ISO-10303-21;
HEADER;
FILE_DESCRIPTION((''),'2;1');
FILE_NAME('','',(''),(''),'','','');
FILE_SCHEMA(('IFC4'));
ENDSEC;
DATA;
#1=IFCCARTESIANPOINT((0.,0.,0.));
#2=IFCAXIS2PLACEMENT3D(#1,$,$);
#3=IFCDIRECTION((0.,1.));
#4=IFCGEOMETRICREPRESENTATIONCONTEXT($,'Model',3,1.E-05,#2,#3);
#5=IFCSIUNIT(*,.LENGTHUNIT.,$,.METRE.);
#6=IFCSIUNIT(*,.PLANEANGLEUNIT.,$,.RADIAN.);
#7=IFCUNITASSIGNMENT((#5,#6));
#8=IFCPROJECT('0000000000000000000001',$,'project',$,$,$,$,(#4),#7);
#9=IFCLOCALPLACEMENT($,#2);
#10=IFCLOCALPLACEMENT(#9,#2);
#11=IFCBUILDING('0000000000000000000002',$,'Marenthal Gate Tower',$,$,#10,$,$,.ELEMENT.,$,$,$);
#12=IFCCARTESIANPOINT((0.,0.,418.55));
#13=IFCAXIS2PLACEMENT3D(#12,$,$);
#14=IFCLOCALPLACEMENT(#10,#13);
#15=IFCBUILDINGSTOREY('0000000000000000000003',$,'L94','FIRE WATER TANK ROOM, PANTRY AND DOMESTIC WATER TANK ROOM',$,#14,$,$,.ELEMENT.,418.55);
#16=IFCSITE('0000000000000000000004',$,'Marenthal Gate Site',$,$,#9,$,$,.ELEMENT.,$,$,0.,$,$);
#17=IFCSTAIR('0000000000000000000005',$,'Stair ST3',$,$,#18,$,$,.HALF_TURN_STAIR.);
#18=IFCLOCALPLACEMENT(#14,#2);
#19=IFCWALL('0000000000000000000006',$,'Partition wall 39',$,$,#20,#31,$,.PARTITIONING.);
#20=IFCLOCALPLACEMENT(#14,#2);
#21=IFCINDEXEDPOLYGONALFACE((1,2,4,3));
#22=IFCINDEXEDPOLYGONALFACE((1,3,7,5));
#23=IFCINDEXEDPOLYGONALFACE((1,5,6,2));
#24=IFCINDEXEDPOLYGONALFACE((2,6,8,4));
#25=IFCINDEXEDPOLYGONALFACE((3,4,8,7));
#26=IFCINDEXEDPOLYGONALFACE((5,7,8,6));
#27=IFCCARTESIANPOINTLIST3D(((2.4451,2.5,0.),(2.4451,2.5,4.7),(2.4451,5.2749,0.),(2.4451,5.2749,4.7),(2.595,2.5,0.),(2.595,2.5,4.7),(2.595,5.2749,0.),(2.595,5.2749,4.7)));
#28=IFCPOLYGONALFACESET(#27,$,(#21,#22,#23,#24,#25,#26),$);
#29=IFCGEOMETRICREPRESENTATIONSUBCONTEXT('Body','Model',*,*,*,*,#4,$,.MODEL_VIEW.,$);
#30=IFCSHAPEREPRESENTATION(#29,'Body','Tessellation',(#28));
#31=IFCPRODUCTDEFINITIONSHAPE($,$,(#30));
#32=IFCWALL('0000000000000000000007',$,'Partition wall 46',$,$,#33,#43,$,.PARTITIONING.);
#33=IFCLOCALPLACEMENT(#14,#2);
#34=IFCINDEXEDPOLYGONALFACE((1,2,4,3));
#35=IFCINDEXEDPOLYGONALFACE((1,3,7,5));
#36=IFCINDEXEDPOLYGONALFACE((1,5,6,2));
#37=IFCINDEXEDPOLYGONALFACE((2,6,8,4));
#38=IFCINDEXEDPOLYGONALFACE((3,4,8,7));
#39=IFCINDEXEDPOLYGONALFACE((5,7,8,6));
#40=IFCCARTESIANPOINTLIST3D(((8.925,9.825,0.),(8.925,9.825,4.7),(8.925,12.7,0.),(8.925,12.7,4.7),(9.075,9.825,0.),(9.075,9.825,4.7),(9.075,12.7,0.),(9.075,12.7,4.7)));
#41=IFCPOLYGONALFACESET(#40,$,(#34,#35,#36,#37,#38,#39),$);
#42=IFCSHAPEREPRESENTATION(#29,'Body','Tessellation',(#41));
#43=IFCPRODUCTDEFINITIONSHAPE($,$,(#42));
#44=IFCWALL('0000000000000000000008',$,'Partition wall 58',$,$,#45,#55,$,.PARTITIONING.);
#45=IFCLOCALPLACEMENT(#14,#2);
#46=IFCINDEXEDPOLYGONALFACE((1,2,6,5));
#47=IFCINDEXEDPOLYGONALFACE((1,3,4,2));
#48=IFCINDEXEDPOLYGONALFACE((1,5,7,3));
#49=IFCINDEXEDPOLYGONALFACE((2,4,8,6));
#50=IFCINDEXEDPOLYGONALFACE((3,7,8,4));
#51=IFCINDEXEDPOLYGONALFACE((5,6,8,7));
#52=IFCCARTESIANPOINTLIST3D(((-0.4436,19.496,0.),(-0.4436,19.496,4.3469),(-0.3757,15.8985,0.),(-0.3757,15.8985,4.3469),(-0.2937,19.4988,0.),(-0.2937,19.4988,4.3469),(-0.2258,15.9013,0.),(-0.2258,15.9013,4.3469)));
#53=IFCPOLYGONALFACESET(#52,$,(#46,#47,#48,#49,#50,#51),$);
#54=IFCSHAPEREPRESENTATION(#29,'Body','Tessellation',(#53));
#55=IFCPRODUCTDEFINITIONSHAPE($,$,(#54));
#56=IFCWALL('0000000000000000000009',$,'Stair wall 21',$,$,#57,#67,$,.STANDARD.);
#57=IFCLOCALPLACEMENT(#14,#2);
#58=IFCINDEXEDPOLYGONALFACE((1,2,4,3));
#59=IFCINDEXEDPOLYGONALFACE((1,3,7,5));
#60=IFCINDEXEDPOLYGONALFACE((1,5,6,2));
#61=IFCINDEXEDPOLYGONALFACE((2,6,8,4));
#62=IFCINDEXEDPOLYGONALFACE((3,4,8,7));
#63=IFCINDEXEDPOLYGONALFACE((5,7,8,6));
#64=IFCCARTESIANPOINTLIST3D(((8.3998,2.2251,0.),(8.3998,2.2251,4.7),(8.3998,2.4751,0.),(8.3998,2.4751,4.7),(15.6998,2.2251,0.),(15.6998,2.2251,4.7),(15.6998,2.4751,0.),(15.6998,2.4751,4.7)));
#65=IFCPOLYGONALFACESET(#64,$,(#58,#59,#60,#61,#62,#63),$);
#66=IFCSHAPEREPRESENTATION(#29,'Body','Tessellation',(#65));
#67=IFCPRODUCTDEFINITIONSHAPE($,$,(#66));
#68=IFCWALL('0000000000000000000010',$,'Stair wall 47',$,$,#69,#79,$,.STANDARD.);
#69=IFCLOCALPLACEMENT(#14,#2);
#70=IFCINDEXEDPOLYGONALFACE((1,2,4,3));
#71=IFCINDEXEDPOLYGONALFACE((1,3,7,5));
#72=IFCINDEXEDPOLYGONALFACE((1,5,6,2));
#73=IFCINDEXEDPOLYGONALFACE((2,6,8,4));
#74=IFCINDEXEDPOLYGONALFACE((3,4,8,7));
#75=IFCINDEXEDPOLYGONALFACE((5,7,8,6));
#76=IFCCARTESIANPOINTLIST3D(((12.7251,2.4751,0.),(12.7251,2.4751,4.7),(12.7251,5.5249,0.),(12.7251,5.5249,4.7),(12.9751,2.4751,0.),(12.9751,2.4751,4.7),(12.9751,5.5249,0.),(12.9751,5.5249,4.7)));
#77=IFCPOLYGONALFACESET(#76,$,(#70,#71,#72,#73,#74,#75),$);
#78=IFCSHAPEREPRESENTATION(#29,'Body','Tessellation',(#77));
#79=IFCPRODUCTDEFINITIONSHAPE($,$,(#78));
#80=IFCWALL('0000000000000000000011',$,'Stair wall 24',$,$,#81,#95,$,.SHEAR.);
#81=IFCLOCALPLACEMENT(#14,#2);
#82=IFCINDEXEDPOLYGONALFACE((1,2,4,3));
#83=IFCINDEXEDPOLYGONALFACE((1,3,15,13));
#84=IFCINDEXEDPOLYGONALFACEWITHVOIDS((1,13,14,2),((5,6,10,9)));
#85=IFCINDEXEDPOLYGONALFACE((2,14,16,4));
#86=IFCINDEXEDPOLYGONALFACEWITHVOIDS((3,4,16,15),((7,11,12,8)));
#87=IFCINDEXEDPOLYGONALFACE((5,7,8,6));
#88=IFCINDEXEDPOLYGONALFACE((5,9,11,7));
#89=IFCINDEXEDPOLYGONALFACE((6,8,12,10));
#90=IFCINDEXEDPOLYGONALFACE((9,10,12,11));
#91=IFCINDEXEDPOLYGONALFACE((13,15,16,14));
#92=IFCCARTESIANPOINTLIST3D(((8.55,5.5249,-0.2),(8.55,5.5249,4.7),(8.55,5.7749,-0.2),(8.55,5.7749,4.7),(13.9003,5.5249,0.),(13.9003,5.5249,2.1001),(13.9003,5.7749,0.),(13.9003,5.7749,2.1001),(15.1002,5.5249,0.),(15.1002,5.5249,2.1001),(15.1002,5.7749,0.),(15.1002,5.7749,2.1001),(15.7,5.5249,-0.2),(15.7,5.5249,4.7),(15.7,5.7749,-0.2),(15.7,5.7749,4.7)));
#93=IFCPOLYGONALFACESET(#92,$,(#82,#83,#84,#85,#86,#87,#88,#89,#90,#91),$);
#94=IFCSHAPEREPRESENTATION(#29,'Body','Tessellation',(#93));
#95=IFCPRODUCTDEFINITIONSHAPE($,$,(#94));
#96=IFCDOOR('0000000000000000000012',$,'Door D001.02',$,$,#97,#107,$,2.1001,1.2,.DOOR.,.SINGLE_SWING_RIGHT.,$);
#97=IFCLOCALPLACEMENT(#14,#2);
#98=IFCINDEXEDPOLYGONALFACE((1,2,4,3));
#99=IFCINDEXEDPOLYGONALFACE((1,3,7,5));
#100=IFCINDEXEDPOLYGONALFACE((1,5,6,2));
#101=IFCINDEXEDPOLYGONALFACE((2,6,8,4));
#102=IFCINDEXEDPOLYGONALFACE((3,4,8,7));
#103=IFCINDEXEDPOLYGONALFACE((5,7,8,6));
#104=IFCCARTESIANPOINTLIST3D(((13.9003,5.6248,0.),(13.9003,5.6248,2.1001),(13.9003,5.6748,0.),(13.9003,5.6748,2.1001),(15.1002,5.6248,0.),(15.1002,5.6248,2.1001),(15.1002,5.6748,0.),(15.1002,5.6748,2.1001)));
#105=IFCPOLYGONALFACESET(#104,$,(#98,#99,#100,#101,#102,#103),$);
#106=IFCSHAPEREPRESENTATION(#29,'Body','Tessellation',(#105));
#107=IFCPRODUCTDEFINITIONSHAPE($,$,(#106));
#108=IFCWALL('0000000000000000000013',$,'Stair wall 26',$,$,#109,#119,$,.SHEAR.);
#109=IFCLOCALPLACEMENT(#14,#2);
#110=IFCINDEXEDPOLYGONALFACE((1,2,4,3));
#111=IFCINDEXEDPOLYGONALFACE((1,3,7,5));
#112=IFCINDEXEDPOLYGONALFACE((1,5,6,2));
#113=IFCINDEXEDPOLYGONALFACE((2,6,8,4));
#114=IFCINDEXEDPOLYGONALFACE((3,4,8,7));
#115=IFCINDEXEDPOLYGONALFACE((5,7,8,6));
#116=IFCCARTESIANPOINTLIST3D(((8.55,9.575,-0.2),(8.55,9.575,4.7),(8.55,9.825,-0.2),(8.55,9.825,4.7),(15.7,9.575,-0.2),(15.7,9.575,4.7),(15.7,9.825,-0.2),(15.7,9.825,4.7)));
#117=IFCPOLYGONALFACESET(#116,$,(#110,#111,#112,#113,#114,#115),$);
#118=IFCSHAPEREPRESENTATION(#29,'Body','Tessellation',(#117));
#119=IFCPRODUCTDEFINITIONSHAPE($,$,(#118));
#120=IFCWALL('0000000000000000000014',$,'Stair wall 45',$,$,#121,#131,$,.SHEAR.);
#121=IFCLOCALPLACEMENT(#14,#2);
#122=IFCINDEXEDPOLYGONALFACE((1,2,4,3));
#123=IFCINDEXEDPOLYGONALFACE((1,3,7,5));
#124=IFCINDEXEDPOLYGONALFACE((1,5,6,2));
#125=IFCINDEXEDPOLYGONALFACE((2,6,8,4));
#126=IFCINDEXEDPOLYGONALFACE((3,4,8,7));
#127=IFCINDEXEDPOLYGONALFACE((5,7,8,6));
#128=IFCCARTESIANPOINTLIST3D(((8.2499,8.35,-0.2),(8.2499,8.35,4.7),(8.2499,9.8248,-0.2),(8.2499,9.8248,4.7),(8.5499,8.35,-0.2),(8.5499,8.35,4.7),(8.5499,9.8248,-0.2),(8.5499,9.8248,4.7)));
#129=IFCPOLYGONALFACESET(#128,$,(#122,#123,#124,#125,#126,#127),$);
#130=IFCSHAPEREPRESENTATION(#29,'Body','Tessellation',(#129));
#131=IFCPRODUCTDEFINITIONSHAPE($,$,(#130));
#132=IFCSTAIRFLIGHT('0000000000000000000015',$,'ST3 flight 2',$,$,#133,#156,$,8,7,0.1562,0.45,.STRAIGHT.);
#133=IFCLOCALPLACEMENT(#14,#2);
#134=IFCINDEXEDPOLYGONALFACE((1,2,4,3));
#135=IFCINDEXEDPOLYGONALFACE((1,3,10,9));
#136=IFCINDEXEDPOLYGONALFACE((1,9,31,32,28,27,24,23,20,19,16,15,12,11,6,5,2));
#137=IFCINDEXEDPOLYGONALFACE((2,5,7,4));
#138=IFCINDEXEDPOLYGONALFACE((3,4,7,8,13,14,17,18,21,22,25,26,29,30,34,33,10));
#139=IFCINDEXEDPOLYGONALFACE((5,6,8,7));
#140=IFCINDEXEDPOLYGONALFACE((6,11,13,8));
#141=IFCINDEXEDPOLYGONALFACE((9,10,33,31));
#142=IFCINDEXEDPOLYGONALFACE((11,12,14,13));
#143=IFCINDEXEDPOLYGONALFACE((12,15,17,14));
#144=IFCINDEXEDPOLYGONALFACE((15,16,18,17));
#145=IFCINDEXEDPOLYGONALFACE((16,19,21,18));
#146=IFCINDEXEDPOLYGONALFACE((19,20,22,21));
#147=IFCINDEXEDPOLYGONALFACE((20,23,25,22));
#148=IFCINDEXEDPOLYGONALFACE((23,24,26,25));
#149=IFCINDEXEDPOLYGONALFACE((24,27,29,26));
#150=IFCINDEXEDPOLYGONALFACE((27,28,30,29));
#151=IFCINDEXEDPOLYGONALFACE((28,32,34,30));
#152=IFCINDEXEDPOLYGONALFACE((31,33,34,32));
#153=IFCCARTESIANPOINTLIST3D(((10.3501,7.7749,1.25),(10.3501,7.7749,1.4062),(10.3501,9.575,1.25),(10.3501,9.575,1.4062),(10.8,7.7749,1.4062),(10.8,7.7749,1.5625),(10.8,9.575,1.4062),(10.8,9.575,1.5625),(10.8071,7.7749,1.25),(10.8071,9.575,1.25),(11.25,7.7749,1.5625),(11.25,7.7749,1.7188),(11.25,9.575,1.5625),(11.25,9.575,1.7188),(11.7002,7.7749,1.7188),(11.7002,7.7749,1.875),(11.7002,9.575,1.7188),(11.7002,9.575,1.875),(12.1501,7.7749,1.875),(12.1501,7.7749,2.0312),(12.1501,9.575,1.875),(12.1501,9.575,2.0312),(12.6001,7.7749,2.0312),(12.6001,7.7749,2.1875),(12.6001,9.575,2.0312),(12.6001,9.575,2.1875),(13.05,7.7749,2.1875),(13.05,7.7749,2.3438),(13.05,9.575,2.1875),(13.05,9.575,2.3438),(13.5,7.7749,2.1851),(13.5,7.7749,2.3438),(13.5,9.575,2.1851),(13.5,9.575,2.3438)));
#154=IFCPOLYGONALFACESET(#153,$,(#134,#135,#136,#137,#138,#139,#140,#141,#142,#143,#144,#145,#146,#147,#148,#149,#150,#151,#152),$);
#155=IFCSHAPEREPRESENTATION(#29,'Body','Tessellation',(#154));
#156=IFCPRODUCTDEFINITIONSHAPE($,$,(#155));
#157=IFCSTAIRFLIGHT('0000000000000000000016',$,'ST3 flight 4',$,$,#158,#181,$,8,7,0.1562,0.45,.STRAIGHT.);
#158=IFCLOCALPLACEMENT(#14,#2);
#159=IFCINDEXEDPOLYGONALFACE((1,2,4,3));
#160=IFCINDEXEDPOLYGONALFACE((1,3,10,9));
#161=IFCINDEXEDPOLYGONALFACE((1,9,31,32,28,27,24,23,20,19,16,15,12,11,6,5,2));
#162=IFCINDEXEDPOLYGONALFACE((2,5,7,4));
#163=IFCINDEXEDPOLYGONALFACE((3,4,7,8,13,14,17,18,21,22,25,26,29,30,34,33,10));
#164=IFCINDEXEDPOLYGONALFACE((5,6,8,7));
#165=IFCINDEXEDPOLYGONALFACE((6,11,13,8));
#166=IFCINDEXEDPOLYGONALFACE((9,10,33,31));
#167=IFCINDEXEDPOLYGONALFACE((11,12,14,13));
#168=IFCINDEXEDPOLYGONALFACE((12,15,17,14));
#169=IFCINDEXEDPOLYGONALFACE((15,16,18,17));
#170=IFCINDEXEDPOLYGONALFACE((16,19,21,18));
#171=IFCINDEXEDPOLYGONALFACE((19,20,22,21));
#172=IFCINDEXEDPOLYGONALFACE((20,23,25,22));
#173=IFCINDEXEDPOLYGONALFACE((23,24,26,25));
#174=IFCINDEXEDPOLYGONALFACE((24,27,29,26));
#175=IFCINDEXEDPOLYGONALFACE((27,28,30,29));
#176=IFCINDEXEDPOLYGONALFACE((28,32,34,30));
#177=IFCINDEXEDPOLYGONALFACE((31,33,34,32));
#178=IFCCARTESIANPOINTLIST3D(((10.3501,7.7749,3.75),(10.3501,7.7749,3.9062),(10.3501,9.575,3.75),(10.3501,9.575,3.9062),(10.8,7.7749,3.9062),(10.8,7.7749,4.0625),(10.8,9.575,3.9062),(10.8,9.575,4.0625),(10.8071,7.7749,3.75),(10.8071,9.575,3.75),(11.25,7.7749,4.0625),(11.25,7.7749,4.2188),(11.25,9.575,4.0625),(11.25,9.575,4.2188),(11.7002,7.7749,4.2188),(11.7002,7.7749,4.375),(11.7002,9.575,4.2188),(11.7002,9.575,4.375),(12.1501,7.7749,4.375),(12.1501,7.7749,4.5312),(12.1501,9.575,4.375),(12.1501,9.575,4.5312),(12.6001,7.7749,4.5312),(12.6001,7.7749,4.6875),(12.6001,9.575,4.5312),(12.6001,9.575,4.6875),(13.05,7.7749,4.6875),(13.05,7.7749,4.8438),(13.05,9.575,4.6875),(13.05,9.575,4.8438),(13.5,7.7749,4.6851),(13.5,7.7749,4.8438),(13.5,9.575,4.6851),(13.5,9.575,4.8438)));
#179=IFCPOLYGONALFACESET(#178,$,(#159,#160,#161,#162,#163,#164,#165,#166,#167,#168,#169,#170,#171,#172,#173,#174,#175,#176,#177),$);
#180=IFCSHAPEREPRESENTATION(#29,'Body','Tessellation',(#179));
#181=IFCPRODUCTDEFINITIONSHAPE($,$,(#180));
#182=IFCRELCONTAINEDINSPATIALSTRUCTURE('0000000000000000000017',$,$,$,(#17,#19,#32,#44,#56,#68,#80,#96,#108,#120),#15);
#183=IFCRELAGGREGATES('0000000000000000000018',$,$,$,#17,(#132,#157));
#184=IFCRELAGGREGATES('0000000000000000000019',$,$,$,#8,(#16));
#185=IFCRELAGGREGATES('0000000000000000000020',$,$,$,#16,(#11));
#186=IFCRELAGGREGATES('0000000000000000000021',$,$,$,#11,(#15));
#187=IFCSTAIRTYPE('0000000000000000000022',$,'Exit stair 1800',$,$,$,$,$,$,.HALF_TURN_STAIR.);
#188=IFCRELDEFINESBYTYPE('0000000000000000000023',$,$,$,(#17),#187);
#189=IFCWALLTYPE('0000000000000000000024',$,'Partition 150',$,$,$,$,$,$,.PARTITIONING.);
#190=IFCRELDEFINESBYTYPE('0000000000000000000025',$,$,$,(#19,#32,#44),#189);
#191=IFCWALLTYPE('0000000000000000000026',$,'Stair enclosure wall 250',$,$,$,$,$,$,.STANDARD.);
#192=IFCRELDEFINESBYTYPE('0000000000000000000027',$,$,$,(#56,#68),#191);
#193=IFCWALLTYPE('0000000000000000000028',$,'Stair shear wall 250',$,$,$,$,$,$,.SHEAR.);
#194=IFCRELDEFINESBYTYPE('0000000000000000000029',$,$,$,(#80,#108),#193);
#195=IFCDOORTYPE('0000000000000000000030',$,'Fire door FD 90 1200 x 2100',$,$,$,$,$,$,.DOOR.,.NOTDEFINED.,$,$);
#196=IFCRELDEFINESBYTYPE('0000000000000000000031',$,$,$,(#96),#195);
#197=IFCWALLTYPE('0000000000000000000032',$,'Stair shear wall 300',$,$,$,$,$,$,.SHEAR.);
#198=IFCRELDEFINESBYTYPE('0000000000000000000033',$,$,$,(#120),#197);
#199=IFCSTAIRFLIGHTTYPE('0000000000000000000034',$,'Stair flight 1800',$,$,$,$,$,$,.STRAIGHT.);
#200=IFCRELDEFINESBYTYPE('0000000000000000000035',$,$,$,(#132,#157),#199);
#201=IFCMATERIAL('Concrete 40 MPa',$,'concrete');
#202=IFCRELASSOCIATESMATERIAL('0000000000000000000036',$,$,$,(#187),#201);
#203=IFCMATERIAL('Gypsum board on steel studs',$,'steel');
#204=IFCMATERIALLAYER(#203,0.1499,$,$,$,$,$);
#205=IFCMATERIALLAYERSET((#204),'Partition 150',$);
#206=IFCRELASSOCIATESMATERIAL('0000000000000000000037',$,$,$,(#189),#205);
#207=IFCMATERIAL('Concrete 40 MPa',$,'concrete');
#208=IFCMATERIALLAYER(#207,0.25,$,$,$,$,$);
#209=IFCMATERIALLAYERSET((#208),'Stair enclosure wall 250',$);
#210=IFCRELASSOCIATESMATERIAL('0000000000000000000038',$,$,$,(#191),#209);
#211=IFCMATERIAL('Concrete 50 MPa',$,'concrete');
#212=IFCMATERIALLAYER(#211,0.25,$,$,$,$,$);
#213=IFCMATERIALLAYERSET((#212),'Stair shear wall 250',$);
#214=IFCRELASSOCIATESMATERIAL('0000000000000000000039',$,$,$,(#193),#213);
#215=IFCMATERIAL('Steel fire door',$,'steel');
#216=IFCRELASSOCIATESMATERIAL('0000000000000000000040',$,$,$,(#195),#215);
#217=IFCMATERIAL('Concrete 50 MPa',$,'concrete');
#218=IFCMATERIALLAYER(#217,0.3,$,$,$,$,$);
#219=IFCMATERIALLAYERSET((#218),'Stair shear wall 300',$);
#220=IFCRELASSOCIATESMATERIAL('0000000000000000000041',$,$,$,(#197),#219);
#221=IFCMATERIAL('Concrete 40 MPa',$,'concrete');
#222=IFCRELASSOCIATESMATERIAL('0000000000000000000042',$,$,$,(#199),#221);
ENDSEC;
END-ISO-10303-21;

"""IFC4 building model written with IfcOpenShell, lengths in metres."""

from ifc_helpers import new_model, si_unit, direction, frame, frame_2d, origin, place, context, subcontext, project, spatial, polyline, rectangle, outline, extrude, material, layer, layer_set, type_object, element, fill, aggregate, save


model = new_model("IFC4")

# Units and contexts
model_context = context("Model", 3, precision=1e-05, world=origin(), true_north=direction((0.0, 1.0)))
body_context = subcontext(model_context, "Body", "Model", "MODEL_VIEW")
ifc_project = project(units=[si_unit("LENGTHUNIT", "METRE"), si_unit("PLANEANGLEUNIT", "RADIAN")], contexts=[model_context])

# Site, building, storey
site_placement = place(None, origin())
site = spatial("IfcSite", under=ifc_project, at=site_placement, Name="Marenthal Gate Site", CompositionType="ELEMENT", RefElevation=0.0)
building_placement = place(site_placement, origin())
building = spatial("IfcBuilding", under=site, at=building_placement, Name="Marenthal Gate Tower", CompositionType="ELEMENT")
storey_placement = place(building_placement, frame((0.0, 0.0, 418.55)))
storey = spatial("IfcBuildingStorey", under=building, at=storey_placement, Name="L94", Description="FIRE WATER TANK ROOM, PANTRY AND DOMESTIC WATER TANK ROOM", CompositionType="ELEMENT", Elevation=418.55)

# Shared definitions
ifc_material_1 = material(Name="Concrete 40 MPa", Category="concrete")
stair_type = type_object("IfcStairType", Name="Exit stair 1800", PredefinedType="HALF_TURN_STAIR", material=ifc_material_1)

# Stair
stair_1_placement = place(storey_placement, origin())
stair_1 = element("IfcStair", 1, at=stair_1_placement, inside=storey, type_object=stair_type, Name="Stair ST3", PredefinedType="HALF_TURN_STAIR")

# Walls
ifc_material_2 = material(Name="Gypsum board on steel studs", Category="steel")
ifc_layer_1 = layer(ifc_material_2, 0.1499)
ifc_layer_set_1 = layer_set([ifc_layer_1], Name="Partition 150")
wall_type_1 = type_object("IfcWallType", Name="Partition 150", PredefinedType="PARTITIONING", material=ifc_layer_set_1)
wall_1_placement = place(storey_placement, frame((2.52, 2.5, 0.0), z_axis=(0.0, 0.0, 1.0), x_axis=(0.0, 1.0, 0.0)))
element("IfcWall", 2, at=wall_1_placement, inside=storey, type_object=wall_type_1, Name="Partition wall 39", PredefinedType="PARTITIONING", context=body_context, shape_type="SweptSolid", body=[
    extrude(rectangle(XDim=2.7749, YDim=0.1499, at=frame_2d((1.3875, 0.0))), origin(), (0.0, 0.0, 1.0), 4.7),
])
wall_2_placement = place(storey_placement, frame((9.0, 9.825, 0.0), z_axis=(0.0, 0.0, 1.0), x_axis=(0.0, 1.0, 0.0)))
element("IfcWall", 3, at=wall_2_placement, inside=storey, type_object=wall_type_1, Name="Partition wall 46", PredefinedType="PARTITIONING", context=body_context, shape_type="SweptSolid", body=[
    extrude(rectangle(XDim=2.875, YDim=0.1499, at=frame_2d((1.4375, 0.0))), origin(), (0.0, 0.0, 1.0), 4.7),
])
wall_3_placement = place(storey_placement, frame((-0.3008, 15.8999, 0.0), z_axis=(0.0, 0.0, 1.0), x_axis=(-0.018863, 0.999822, 0.0)))
element("IfcWall", 4, at=wall_3_placement, inside=storey, type_object=wall_type_1, Name="Partition wall 58", PredefinedType="PARTITIONING", context=body_context, shape_type="SweptSolid", body=[
    extrude(rectangle(XDim=3.5981, YDim=0.1499, at=frame_2d((1.7991, 0.0))), origin(), (0.0, 0.0, 1.0), 4.3469),
])
ifc_material_3 = material(Name="Concrete 40 MPa", Category="concrete")
ifc_layer_2 = layer(ifc_material_3, 0.25)
ifc_layer_set_2 = layer_set([ifc_layer_2], Name="Stair enclosure wall 250")
wall_type_2 = type_object("IfcWallType", Name="Stair enclosure wall 250", PredefinedType="STANDARD", material=ifc_layer_set_2)
wall_4_placement = place(storey_placement, frame((8.3999, 2.3501, 0.0), z_axis=(0.0, 0.0, 1.0), x_axis=(1.0, 0.0, 0.0)))
element("IfcWall", 5, at=wall_4_placement, inside=storey, type_object=wall_type_2, Name="Stair wall 21", PredefinedType="STANDARD", context=body_context, shape_type="SweptSolid", body=[
    extrude(rectangle(XDim=7.3, YDim=0.25, at=frame_2d((3.6499, 0.0))), origin(), (0.0, 0.0, 1.0), 4.7),
])
wall_5_placement = place(storey_placement, frame((12.8501, 2.4751, 0.0), z_axis=(0.0, 0.0, 1.0), x_axis=(0.0, 1.0, 0.0)))
element("IfcWall", 6, at=wall_5_placement, inside=storey, type_object=wall_type_2, Name="Stair wall 47", PredefinedType="STANDARD", context=body_context, shape_type="SweptSolid", body=[
    extrude(rectangle(XDim=3.0498, YDim=0.25, at=frame_2d((1.5249, 0.0))), origin(), (0.0, 0.0, 1.0), 4.7),
])

# Wall, opening, door
ifc_material_4 = material(Name="Concrete 50 MPa", Category="concrete")
ifc_layer_3 = layer(ifc_material_4, 0.25)
ifc_layer_set_3 = layer_set([ifc_layer_3], Name="Stair shear wall 250")
wall_type_3 = type_object("IfcWallType", Name="Stair shear wall 250", PredefinedType="SHEAR", material=ifc_layer_set_3)
wall_6_placement = place(storey_placement, frame((8.55, 5.6499, -0.2), z_axis=(0.0, 0.0, 1.0), x_axis=(1.0, 0.0, 0.0)))
wall_6 = element("IfcWall", 7, at=wall_6_placement, inside=storey, type_object=wall_type_3, Name="Stair wall 24", PredefinedType="SHEAR", context=body_context, shape_type="SweptSolid", body=[
    extrude(rectangle(XDim=7.1499, YDim=0.25, at=frame_2d((3.575, 0.0))), origin(), (0.0, 0.0, 1.0), 4.8999),
])
opening_1_placement = place(wall_6_placement, frame((5.3501, 0.0, 0.2)))
opening_1 = element("IfcOpeningElement", 8, at=opening_1_placement, cuts=wall_6, PredefinedType="OPENING", context=body_context, shape_type="SweptSolid", body=[
    extrude(rectangle(XDim=1.2, YDim=2.1001, at=frame_2d((0.6001, 1.05))), frame((0.0, 0.135, 0.0), z_axis=(0.0, -1.0, 0.0), x_axis=(1.0, 0.0, 0.0)), (0.0, 0.0, 1.0), 0.27),
])
ifc_material_5 = material(Name="Steel fire door", Category="steel")
door_type_1 = type_object("IfcDoorType", Name="Fire door FD 90 1200 x 2100", OperationType="NOTDEFINED", PredefinedType="DOOR", material=ifc_material_5)
door_1_placement = place(opening_1_placement, origin())
door_1 = element("IfcDoor", 9, at=door_1_placement, inside=storey, type_object=door_type_1, Name="Door D001.02", OperationType="SINGLE_SWING_RIGHT", OverallHeight=2.1001, OverallWidth=1.2, PredefinedType="DOOR", context=body_context, shape_type="SweptSolid", body=[
    extrude(rectangle(XDim=1.2, YDim=2.1001, at=frame_2d((0.6001, 1.05))), frame((0.0, 0.0249, 0.0), z_axis=(0.0, -1.0, 0.0), x_axis=(1.0, 0.0, 0.0)), (0.0, 0.0, 1.0), 0.05),
])
fill(opening_1, door_1)

# Walls
wall_7_placement = place(storey_placement, frame((8.55, 9.7, -0.2), z_axis=(0.0, 0.0, 1.0), x_axis=(1.0, 0.0, 0.0)))
element("IfcWall", 10, at=wall_7_placement, inside=storey, type_object=wall_type_3, Name="Stair wall 26", PredefinedType="SHEAR", context=body_context, shape_type="SweptSolid", body=[
    extrude(rectangle(XDim=7.1499, YDim=0.25, at=frame_2d((3.575, 0.0))), origin(), (0.0, 0.0, 1.0), 4.8999),
])
ifc_material_6 = material(Name="Concrete 50 MPa", Category="concrete")
ifc_layer_4 = layer(ifc_material_6, 0.3)
ifc_layer_set_4 = layer_set([ifc_layer_4], Name="Stair shear wall 300")
wall_type_4 = type_object("IfcWallType", Name="Stair shear wall 300", PredefinedType="SHEAR", material=ifc_layer_set_4)
wall_8_placement = place(storey_placement, frame((8.3999, 8.3501, -0.2), z_axis=(0.0, 0.0, 1.0), x_axis=(0.0, 1.0, 0.0)))
element("IfcWall", 11, at=wall_8_placement, inside=storey, type_object=wall_type_4, Name="Stair wall 45", PredefinedType="SHEAR", context=body_context, shape_type="SweptSolid", body=[
    extrude(rectangle(XDim=1.4749, YDim=0.3, at=frame_2d((0.7373, 0.0))), origin(), (0.0, 0.0, 1.0), 4.8999),
])

# Stair flights
ifc_material_7 = material(Name="Concrete 40 MPa", Category="concrete")
stair_flight_type = type_object("IfcStairFlightType", Name="Stair flight 1800", PredefinedType="STRAIGHT", material=ifc_material_7)
stair_flight_1_placement = place(storey_placement, frame((10.3501, 8.675, 1.25), z_axis=(0.0, 0.0, 1.0), x_axis=(1.0, 0.0, 0.0)))
stair_flight_1 = element("IfcStairFlight", 12, at=stair_flight_1_placement, type_object=stair_flight_type, Name="ST3 flight 2", NumberOfRisers=8, NumberOfTreads=7, PredefinedType="STRAIGHT", RiserHeight=0.1562, TreadLength=0.45, context=body_context, shape_type="SweptSolid", body=[
    extrude(outline(polyline([(0.0, 0.0), (0.0, 0.1562), (0.45, 0.1562), (0.45, 0.3125), (0.8999, 0.3125), (0.8999, 0.4688), (1.3501, 0.4688), (1.3501, 0.625), (1.8, 0.625), (1.8, 0.7812), (2.25, 0.7812), (2.25, 0.9375), (2.7, 0.9375), (2.7, 1.0938), (3.1499, 1.0938), (3.1499, 1.25), (3.1499, 0.9351), (0.457, 0.0), (0.0, 0.0)])), frame((0.0, 0.8999, 0.0), z_axis=(0.0, -1.0, 0.0), x_axis=(1.0, 0.0, 0.0)), (0.0, 0.0, 1.0), 1.8),
])
stair_flight_2_placement = place(storey_placement, frame((10.3501, 8.675, 3.75), z_axis=(0.0, 0.0, 1.0), x_axis=(1.0, 0.0, 0.0)))
stair_flight_2 = element("IfcStairFlight", 13, at=stair_flight_2_placement, type_object=stair_flight_type, Name="ST3 flight 4", NumberOfRisers=8, NumberOfTreads=7, PredefinedType="STRAIGHT", RiserHeight=0.1562, TreadLength=0.45, context=body_context, shape_type="SweptSolid", body=[
    extrude(outline(polyline([(0.0, 0.0), (0.0, 0.1562), (0.45, 0.1562), (0.45, 0.3125), (0.8999, 0.3125), (0.8999, 0.4688), (1.3501, 0.4688), (1.3501, 0.625), (1.8, 0.625), (1.8, 0.7812), (2.25, 0.7812), (2.25, 0.9375), (2.7, 0.9375), (2.7, 1.0938), (3.1499, 1.0938), (3.1499, 1.25), (3.1499, 0.9351), (0.457, 0.0), (0.0, 0.0)])), frame((0.0, 0.8999, 0.0), z_axis=(0.0, -1.0, 0.0), x_axis=(1.0, 0.0, 0.0)), (0.0, 0.0, 1.0), 1.8),
])
aggregate(stair_1, [stair_flight_1, stair_flight_2])

save(model, "model.ifc")
